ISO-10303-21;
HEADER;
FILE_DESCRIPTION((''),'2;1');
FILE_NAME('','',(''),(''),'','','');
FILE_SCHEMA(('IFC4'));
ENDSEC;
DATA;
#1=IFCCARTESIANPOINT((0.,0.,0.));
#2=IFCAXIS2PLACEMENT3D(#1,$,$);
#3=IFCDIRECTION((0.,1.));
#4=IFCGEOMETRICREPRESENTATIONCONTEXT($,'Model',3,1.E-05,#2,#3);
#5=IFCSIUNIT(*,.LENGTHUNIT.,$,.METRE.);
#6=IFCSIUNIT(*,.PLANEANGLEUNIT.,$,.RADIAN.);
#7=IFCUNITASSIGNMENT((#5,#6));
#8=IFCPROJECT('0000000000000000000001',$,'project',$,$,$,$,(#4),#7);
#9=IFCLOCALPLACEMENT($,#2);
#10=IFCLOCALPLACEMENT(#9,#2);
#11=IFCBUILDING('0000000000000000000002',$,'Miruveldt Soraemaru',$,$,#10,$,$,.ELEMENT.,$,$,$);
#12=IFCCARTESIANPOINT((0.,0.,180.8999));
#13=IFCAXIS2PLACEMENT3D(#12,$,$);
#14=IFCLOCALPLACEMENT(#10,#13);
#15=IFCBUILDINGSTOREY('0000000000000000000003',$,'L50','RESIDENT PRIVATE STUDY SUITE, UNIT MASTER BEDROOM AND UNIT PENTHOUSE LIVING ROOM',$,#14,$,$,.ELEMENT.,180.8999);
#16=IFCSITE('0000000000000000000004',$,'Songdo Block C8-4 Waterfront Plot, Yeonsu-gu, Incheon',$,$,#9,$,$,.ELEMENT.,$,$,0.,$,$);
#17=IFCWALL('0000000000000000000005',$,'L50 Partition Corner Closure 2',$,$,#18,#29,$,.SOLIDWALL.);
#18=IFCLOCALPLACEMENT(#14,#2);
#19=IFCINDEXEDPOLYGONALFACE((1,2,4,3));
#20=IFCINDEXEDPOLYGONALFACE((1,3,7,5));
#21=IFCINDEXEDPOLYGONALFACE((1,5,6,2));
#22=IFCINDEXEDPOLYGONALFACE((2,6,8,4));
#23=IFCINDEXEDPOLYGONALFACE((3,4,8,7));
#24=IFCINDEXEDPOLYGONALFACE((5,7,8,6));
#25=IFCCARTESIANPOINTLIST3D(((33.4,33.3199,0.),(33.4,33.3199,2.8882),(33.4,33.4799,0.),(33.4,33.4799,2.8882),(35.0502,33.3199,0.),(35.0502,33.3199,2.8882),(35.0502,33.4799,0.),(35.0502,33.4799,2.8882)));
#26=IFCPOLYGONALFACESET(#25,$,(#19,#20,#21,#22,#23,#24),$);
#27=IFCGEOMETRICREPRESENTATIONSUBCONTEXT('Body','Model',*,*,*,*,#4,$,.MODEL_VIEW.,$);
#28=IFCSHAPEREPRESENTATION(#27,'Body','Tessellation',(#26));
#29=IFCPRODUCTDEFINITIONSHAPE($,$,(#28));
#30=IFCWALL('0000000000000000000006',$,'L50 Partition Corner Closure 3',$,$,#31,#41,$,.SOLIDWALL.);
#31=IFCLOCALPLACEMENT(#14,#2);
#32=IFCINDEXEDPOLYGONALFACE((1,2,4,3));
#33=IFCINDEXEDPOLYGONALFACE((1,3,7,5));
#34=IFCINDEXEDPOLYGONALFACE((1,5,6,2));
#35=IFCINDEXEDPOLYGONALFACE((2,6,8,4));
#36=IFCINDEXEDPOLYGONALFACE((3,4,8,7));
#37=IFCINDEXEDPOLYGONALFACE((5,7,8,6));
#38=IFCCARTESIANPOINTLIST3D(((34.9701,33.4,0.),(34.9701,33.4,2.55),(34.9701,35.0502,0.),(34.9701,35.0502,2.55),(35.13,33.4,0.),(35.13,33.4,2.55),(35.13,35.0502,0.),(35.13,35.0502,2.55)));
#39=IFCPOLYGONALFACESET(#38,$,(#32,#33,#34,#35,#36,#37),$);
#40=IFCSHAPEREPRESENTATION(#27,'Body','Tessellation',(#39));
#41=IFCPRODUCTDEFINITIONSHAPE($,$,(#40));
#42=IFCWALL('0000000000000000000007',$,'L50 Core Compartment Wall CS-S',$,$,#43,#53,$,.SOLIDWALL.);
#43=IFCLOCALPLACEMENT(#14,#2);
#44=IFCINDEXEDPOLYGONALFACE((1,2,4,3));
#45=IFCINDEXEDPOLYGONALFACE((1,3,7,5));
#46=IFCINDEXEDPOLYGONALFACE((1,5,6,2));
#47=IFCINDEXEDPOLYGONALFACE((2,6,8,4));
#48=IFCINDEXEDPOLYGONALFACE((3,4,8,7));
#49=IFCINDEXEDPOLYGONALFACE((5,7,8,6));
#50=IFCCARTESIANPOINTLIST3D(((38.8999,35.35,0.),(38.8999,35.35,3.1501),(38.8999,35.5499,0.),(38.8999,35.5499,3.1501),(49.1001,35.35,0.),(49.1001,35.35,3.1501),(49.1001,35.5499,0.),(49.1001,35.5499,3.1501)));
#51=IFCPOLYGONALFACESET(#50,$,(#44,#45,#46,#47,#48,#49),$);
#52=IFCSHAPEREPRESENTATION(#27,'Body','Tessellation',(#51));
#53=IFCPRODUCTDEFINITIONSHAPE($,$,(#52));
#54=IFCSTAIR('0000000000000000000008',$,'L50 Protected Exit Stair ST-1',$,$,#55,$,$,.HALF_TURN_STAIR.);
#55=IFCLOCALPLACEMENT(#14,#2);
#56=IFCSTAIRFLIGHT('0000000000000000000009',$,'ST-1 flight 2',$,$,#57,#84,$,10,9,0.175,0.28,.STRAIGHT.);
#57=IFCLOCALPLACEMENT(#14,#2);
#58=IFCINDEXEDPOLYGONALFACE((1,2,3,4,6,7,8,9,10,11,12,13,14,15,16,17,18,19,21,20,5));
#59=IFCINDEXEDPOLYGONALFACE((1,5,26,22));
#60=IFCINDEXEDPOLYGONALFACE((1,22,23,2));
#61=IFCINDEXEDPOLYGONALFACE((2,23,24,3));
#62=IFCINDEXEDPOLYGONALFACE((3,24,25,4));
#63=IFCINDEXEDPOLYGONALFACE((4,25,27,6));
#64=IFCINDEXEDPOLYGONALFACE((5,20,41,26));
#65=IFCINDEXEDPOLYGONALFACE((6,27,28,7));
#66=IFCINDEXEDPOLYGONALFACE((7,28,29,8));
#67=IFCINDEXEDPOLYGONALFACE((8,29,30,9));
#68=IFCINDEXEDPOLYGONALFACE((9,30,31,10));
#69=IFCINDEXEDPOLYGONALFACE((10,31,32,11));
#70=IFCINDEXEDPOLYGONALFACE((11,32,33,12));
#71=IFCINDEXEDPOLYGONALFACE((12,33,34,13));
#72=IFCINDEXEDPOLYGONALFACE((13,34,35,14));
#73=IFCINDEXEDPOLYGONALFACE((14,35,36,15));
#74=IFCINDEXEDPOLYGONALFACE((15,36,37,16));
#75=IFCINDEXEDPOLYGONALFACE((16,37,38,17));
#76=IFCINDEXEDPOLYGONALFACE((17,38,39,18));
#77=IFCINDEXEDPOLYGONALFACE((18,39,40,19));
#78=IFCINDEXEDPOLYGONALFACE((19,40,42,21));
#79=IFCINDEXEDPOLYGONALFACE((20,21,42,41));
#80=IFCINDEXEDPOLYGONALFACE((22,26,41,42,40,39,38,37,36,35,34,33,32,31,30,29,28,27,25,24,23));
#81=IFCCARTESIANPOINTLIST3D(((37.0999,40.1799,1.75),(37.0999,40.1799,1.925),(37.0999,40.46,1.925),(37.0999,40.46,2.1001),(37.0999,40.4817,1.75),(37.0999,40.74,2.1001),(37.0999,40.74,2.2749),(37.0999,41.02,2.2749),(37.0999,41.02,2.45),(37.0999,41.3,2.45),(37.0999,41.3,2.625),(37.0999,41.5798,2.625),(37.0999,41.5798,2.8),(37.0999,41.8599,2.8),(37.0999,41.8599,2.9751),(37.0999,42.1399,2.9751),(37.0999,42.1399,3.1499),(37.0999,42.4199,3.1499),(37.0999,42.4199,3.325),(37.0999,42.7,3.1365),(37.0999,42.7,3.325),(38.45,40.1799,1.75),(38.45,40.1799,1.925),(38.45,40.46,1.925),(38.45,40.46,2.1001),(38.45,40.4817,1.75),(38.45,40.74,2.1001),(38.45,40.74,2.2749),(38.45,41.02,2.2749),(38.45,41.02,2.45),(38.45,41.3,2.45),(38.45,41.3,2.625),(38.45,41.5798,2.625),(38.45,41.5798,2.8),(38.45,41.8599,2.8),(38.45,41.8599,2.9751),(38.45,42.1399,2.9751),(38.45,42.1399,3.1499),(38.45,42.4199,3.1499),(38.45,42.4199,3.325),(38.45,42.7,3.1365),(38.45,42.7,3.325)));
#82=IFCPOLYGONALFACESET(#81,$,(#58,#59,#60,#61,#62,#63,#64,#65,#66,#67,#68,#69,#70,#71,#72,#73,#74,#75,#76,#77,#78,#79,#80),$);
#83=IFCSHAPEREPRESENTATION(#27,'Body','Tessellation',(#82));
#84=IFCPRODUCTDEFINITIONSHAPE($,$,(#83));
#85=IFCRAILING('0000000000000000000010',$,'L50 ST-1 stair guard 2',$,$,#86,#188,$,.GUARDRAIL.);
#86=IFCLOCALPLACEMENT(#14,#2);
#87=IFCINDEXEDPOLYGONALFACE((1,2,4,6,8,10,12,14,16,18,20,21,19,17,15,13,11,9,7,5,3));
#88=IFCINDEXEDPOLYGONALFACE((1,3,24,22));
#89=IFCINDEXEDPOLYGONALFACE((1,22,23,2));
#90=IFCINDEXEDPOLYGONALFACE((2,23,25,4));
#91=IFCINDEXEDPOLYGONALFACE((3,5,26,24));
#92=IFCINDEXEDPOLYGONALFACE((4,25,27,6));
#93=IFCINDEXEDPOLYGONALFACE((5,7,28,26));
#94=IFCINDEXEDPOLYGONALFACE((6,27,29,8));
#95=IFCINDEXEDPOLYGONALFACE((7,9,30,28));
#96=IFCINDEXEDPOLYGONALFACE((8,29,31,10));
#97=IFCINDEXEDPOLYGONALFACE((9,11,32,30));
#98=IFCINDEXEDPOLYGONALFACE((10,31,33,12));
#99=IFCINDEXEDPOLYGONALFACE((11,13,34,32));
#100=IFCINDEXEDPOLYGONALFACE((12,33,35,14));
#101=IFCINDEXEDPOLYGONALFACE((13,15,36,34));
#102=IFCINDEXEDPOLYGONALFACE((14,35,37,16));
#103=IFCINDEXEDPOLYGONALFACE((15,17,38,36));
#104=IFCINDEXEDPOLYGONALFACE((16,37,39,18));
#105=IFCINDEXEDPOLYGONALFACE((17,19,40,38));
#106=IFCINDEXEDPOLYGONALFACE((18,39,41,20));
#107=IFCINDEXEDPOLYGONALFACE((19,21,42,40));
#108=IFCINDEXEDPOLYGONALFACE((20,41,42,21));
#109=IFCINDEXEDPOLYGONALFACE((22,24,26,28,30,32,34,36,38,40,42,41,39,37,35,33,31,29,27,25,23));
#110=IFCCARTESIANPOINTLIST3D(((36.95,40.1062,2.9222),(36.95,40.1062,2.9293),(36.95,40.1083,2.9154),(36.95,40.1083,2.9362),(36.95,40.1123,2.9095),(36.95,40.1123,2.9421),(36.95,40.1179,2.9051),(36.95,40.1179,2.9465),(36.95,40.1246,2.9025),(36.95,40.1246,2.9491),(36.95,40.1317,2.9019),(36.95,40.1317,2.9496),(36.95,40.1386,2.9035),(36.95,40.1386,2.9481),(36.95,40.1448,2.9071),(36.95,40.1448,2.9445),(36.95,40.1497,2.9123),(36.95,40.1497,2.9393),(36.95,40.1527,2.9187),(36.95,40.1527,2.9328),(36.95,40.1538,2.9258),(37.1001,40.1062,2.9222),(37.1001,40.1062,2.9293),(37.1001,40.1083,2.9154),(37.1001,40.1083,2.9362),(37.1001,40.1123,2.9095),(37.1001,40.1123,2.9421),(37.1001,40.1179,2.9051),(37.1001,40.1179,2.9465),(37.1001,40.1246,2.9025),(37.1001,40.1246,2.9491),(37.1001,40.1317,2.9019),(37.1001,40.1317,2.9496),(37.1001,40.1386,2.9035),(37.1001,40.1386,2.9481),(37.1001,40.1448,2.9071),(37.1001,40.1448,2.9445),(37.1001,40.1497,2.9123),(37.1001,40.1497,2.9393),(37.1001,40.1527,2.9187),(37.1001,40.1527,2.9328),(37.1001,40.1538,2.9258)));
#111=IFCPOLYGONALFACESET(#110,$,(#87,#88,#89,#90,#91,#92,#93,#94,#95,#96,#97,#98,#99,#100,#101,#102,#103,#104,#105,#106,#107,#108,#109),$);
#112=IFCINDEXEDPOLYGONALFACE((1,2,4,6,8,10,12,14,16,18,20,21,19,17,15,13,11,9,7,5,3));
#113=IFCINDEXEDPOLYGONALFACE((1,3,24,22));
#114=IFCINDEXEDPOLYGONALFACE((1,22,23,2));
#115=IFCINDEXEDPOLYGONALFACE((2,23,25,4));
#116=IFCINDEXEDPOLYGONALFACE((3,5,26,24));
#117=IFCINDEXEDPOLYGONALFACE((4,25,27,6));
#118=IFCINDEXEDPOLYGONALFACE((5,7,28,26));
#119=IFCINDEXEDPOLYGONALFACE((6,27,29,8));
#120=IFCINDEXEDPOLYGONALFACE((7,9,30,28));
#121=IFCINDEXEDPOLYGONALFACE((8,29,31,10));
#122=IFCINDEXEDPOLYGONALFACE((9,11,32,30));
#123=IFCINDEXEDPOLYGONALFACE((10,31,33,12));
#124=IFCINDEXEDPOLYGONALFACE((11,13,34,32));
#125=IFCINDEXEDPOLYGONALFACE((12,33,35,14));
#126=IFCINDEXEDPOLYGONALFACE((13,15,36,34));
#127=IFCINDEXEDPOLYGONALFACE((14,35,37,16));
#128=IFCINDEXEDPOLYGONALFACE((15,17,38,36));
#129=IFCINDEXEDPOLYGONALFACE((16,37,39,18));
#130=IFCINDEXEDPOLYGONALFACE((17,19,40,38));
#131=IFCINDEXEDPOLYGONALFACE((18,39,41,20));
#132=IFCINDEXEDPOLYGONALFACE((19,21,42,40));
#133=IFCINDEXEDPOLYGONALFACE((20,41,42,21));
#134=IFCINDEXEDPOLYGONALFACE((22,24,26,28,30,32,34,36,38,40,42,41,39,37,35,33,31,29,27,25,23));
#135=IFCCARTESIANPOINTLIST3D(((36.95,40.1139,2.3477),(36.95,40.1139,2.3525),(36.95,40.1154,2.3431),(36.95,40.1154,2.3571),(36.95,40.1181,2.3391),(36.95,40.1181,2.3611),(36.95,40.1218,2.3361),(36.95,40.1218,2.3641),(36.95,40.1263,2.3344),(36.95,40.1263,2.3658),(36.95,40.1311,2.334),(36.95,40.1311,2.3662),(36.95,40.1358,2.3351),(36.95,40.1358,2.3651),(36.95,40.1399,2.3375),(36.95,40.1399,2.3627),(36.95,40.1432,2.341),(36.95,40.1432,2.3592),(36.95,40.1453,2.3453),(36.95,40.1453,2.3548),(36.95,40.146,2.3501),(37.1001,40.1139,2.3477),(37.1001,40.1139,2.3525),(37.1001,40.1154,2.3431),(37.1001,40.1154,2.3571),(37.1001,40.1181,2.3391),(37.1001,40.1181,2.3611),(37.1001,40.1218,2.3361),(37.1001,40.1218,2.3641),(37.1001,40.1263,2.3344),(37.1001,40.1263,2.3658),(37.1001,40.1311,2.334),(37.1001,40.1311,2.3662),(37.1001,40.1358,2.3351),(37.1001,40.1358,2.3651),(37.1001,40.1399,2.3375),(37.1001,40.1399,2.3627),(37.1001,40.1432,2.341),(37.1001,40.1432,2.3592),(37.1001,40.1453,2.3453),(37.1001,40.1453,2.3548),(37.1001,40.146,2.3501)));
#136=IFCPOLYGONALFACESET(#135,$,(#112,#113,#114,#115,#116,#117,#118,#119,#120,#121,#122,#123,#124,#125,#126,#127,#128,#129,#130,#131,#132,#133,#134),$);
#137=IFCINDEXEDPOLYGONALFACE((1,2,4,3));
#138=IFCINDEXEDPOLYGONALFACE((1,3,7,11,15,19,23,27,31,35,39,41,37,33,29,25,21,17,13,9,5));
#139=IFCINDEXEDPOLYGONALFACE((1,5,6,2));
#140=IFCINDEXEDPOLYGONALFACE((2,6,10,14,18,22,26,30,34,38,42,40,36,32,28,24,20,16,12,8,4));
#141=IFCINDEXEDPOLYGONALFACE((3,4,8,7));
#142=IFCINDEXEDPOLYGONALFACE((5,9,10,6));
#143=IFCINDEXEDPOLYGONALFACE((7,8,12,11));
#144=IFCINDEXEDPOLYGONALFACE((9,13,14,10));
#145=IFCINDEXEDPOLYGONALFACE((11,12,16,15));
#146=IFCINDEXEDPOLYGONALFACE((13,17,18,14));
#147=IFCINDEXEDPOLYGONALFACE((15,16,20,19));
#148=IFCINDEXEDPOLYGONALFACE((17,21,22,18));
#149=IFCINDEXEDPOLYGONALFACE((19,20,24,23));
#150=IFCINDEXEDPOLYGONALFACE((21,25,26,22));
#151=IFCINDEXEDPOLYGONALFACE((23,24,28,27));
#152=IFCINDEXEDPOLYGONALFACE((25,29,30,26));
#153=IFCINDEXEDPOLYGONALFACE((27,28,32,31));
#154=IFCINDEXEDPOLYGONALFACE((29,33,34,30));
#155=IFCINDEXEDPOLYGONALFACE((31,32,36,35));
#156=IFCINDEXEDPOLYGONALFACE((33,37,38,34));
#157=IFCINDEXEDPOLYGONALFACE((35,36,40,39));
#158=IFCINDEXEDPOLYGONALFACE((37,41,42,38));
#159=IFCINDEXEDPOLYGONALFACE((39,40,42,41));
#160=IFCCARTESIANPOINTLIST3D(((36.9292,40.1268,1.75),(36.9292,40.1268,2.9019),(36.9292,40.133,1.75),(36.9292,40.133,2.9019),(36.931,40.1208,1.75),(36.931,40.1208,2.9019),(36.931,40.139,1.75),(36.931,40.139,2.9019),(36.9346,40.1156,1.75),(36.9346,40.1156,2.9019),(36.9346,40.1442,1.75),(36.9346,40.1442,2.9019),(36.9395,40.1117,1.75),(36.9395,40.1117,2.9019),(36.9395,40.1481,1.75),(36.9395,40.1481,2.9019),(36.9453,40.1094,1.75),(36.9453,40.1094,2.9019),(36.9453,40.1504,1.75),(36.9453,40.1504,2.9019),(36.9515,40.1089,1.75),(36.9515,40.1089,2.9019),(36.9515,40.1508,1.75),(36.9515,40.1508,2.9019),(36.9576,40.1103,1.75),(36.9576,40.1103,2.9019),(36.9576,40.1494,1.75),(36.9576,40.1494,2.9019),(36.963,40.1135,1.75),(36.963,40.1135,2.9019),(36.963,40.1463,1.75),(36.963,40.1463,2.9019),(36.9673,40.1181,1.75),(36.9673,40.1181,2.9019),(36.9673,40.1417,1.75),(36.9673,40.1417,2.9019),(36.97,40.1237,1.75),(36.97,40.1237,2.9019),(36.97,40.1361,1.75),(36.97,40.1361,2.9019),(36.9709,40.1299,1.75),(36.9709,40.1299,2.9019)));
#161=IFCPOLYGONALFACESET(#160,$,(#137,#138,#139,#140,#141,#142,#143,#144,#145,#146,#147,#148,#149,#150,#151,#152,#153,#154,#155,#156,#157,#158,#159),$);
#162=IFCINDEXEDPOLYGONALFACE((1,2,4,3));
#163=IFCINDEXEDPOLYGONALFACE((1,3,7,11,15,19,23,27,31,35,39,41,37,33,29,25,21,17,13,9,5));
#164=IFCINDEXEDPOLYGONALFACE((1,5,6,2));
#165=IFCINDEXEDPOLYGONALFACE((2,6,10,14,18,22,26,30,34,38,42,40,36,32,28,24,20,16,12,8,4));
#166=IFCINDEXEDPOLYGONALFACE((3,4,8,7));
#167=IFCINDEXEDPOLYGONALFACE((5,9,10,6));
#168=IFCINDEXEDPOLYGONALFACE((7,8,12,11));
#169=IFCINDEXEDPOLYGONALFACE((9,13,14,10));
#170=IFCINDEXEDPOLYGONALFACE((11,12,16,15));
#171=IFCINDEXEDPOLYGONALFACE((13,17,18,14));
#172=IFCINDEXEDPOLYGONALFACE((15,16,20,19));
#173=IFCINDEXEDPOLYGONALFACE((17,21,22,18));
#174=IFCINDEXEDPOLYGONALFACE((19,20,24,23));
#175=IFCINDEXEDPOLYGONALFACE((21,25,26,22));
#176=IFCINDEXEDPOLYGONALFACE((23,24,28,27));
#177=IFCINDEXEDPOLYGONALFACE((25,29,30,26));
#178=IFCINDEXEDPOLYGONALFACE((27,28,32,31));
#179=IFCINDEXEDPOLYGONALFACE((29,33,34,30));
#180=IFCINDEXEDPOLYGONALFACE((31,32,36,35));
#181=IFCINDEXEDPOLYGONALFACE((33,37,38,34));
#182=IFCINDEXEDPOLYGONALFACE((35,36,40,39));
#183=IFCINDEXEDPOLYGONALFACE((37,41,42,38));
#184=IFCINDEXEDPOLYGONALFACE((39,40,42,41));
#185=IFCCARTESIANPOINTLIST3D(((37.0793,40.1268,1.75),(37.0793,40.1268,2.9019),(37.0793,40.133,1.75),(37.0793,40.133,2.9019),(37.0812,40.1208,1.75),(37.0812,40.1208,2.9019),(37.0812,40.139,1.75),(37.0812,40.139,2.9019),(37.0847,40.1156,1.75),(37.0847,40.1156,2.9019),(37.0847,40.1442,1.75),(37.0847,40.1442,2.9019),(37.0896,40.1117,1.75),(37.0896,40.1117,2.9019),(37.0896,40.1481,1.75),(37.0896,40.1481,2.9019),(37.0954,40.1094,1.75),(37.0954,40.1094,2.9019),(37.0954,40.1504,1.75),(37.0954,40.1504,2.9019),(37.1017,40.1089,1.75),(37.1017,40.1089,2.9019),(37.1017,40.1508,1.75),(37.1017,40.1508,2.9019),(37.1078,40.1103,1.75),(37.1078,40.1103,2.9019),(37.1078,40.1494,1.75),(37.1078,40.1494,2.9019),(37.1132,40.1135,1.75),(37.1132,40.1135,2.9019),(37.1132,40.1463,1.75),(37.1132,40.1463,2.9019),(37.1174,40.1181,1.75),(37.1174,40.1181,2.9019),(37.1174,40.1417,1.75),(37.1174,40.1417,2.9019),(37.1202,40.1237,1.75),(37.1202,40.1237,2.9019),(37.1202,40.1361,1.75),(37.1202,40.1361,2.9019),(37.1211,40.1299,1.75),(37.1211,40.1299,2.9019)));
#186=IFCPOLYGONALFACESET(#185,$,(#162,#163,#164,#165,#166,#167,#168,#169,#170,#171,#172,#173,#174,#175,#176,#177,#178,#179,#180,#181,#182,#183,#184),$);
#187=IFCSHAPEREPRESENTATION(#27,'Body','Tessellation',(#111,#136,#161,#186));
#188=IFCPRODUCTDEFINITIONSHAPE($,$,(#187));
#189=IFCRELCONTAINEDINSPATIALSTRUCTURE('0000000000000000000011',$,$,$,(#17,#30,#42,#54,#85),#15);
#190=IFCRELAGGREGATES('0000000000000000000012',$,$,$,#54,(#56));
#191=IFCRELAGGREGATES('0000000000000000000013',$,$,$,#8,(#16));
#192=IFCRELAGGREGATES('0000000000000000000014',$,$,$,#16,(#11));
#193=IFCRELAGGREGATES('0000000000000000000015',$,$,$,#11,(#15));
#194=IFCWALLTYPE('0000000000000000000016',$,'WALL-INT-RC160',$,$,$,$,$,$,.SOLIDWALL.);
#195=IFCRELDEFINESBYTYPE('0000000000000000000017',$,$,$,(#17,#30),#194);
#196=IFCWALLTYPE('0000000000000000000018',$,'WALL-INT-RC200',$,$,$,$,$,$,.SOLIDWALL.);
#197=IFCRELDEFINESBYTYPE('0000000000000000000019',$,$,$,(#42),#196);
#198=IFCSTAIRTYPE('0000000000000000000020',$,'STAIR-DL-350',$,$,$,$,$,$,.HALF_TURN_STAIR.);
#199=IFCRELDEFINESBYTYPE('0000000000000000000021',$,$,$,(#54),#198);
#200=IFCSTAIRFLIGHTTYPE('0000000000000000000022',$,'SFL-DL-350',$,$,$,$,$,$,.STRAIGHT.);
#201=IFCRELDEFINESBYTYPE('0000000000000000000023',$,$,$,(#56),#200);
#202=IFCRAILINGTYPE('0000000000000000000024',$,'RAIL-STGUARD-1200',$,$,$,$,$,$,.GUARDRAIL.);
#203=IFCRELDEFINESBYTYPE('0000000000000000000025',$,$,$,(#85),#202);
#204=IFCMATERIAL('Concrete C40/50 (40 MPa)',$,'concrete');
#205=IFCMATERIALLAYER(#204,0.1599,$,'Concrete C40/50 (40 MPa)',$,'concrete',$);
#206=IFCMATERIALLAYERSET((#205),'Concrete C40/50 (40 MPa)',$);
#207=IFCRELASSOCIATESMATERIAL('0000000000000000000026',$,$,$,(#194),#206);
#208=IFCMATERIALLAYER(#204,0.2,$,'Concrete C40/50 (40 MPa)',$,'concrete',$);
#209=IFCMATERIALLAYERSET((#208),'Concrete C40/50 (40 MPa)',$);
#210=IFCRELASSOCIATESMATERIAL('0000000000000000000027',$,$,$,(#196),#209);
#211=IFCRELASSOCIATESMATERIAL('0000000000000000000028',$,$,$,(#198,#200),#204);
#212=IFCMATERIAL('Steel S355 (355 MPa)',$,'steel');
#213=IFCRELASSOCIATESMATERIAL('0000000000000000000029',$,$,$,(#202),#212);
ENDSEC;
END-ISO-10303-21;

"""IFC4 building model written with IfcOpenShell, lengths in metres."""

from ifc_helpers import new_model, si_unit, direction, frame, frame_2d, origin, origin_2d, place, context, subcontext, project, spatial, polyline, rectangle, circle, outline, extrude, material, layer, layer_set, type_object, element, aggregate, save


model = new_model("IFC4")

# Units and contexts
model_context = context("Model", 3, precision=1e-05, world=origin(), true_north=direction((0.0, 1.0)))
body_context = subcontext(model_context, "Body", "Model", "MODEL_VIEW")
ifc_project = project(units=[si_unit("LENGTHUNIT", "METRE"), si_unit("PLANEANGLEUNIT", "RADIAN")], contexts=[model_context])

# Site, building, storey
site_placement = place(None, origin())
site = spatial("IfcSite", under=ifc_project, at=site_placement, Name="Songdo Block C8-4 Waterfront Plot, Yeonsu-gu, Incheon", CompositionType="ELEMENT", RefElevation=0.0)
building_placement = place(site_placement, origin())
building = spatial("IfcBuilding", under=site, at=building_placement, Name="Miruveldt Soraemaru", CompositionType="ELEMENT")
storey_placement = place(building_placement, frame((0.0, 0.0, 180.8999)))
storey = spatial("IfcBuildingStorey", under=building, at=storey_placement, Name="L50", Description="RESIDENT PRIVATE STUDY SUITE, UNIT MASTER BEDROOM AND UNIT PENTHOUSE LIVING ROOM", CompositionType="ELEMENT", Elevation=180.8999)

# Walls
ifc_material_1 = material(Name="Concrete C40/50 (40 MPa)", Category="concrete")
ifc_layer_1 = layer(ifc_material_1, 0.1599, Name="Concrete C40/50 (40 MPa)", Category="concrete")
ifc_layer_set_1 = layer_set([ifc_layer_1], Name="Concrete C40/50 (40 MPa)")
wall_type_1 = type_object("IfcWallType", Name="WALL-INT-RC160", PredefinedType="SOLIDWALL", material=ifc_layer_set_1)
wall_1_placement = place(storey_placement, frame((33.3999, 33.3999, 0.0), z_axis=(0.0, 0.0, 1.0), x_axis=(1.0, 0.0, 0.0)))
element("IfcWall", 1, at=wall_1_placement, inside=storey, type_object=wall_type_1, Name="L50 Partition Corner Closure 2", PredefinedType="SOLIDWALL", context=body_context, shape_type="SweptSolid", body=[
    extrude(rectangle(XDim=1.6501, YDim=0.1599, at=frame_2d((0.8252, 0.0))), origin(), (0.0, 0.0, 1.0), 2.8882),
])
wall_2_placement = place(storey_placement, frame((35.05, 33.3999, 0.0), z_axis=(0.0, 0.0, 1.0), x_axis=(0.0, 1.0, 0.0)))
element("IfcWall", 2, at=wall_2_placement, inside=storey, type_object=wall_type_1, Name="L50 Partition Corner Closure 3", PredefinedType="SOLIDWALL", context=body_context, shape_type="SweptSolid", body=[
    extrude(rectangle(XDim=1.6501, YDim=0.1599, at=frame_2d((0.8252, 0.0))), origin(), (0.0, 0.0, 1.0), 2.55),
])
ifc_layer_2 = layer(ifc_material_1, 0.2, Name="Concrete C40/50 (40 MPa)", Category="concrete")
ifc_layer_set_2 = layer_set([ifc_layer_2], Name="Concrete C40/50 (40 MPa)")
wall_type_2 = type_object("IfcWallType", Name="WALL-INT-RC200", PredefinedType="SOLIDWALL", material=ifc_layer_set_2)
wall_3_placement = place(storey_placement, frame((38.8999, 35.45, 0.0), z_axis=(0.0, 0.0, 1.0), x_axis=(1.0, 0.0, 0.0)))
element("IfcWall", 3, at=wall_3_placement, inside=storey, type_object=wall_type_2, Name="L50 Core Compartment Wall CS-S", PredefinedType="SOLIDWALL", context=body_context, shape_type="SweptSolid", body=[
    extrude(rectangle(XDim=10.2002, YDim=0.2, at=frame_2d((5.1001, 0.0))), origin(), (0.0, 0.0, 1.0), 3.1501),
])

# Stair, stair flight
stair_type = type_object("IfcStairType", Name="STAIR-DL-350", PredefinedType="HALF_TURN_STAIR", material=ifc_material_1)
stair_placement = place(storey_placement, origin())
stair = element("IfcStair", 4, at=stair_placement, inside=storey, type_object=stair_type, Name="L50 Protected Exit Stair ST-1", PredefinedType="HALF_TURN_STAIR")
stair_flight_type = type_object("IfcStairFlightType", Name="SFL-DL-350", PredefinedType="STRAIGHT", material=ifc_material_1)
stair_flight_placement = place(storey_placement, frame((37.7749, 40.1799, 1.75), z_axis=(0.0, 0.0, 1.0), x_axis=(0.0, 1.0, 0.0)))
stair_flight = element("IfcStairFlight", 5, at=stair_flight_placement, type_object=stair_flight_type, Name="ST-1 flight 2", NumberOfRisers=10, NumberOfTreads=9, PredefinedType="STRAIGHT", RiserHeight=0.175, TreadLength=0.28, context=body_context, shape_type="SweptSolid", body=[
    extrude(outline(polyline([(0.0, 0.0), (0.0, 0.175), (0.28, 0.175), (0.28, 0.3501), (0.5601, 0.3501), (0.5601, 0.5249), (0.8401, 0.5249), (0.8401, 0.7), (1.1201, 0.7), (1.1201, 0.875), (1.3999, 0.875), (1.3999, 1.05), (1.6799, 1.05), (1.6799, 1.2251), (1.96, 1.2251), (1.96, 1.3999), (2.24, 1.3999), (2.24, 1.575), (2.52, 1.575), (2.52, 1.75), (2.52, 1.3865), (0.3018, 0.0), (0.0, 0.0)])), frame((0.0, 0.675, 0.0), z_axis=(0.0, -1.0, 0.0), x_axis=(1.0, 0.0, 0.0)), (0.0, 0.0, 1.0), 1.3501),
])
aggregate(stair, [stair_flight])

# Railing
ifc_material_2 = material(Name="Steel S355 (355 MPa)", Category="steel")
railing_type_1 = type_object("IfcRailingType", Name="RAIL-STGUARD-1200", PredefinedType="GUARDRAIL", material=ifc_material_2)
railing_1_placement = place(storey_placement, frame((36.95, 40.1299, 1.75)))
element("IfcRailing", 6, at=railing_1_placement, inside=storey, type_object=railing_type_1, Name="L50 ST-1 stair guard 2", PredefinedType="GUARDRAIL", context=body_context, shape_type="SweptSolid", body=[
    extrude(circle(Radius=0.0239, at=origin_2d()), frame((0.0, 0.0, 1.1758), z_axis=(1.0, 0.0, 0.0), x_axis=(0.0, 1.0, 0.0)), (0.0, 0.0, 1.0), 0.1501),
    extrude(circle(Radius=0.0161, at=origin_2d()), frame((0.0, 0.0, 0.6001), z_axis=(1.0, 0.0, 0.0), x_axis=(0.0, 1.0, 0.0)), (0.0, 0.0, 1.0), 0.1501),
    extrude(circle(Radius=0.021, at=origin_2d()), origin(), (0.0, 0.0, 1.0), 1.1519),
    extrude(circle(Radius=0.021, at=origin_2d()), frame((0.1501, 0.0, 0.0)), (0.0, 0.0, 1.0), 1.1519),
])

save(model, "model.ifc")
